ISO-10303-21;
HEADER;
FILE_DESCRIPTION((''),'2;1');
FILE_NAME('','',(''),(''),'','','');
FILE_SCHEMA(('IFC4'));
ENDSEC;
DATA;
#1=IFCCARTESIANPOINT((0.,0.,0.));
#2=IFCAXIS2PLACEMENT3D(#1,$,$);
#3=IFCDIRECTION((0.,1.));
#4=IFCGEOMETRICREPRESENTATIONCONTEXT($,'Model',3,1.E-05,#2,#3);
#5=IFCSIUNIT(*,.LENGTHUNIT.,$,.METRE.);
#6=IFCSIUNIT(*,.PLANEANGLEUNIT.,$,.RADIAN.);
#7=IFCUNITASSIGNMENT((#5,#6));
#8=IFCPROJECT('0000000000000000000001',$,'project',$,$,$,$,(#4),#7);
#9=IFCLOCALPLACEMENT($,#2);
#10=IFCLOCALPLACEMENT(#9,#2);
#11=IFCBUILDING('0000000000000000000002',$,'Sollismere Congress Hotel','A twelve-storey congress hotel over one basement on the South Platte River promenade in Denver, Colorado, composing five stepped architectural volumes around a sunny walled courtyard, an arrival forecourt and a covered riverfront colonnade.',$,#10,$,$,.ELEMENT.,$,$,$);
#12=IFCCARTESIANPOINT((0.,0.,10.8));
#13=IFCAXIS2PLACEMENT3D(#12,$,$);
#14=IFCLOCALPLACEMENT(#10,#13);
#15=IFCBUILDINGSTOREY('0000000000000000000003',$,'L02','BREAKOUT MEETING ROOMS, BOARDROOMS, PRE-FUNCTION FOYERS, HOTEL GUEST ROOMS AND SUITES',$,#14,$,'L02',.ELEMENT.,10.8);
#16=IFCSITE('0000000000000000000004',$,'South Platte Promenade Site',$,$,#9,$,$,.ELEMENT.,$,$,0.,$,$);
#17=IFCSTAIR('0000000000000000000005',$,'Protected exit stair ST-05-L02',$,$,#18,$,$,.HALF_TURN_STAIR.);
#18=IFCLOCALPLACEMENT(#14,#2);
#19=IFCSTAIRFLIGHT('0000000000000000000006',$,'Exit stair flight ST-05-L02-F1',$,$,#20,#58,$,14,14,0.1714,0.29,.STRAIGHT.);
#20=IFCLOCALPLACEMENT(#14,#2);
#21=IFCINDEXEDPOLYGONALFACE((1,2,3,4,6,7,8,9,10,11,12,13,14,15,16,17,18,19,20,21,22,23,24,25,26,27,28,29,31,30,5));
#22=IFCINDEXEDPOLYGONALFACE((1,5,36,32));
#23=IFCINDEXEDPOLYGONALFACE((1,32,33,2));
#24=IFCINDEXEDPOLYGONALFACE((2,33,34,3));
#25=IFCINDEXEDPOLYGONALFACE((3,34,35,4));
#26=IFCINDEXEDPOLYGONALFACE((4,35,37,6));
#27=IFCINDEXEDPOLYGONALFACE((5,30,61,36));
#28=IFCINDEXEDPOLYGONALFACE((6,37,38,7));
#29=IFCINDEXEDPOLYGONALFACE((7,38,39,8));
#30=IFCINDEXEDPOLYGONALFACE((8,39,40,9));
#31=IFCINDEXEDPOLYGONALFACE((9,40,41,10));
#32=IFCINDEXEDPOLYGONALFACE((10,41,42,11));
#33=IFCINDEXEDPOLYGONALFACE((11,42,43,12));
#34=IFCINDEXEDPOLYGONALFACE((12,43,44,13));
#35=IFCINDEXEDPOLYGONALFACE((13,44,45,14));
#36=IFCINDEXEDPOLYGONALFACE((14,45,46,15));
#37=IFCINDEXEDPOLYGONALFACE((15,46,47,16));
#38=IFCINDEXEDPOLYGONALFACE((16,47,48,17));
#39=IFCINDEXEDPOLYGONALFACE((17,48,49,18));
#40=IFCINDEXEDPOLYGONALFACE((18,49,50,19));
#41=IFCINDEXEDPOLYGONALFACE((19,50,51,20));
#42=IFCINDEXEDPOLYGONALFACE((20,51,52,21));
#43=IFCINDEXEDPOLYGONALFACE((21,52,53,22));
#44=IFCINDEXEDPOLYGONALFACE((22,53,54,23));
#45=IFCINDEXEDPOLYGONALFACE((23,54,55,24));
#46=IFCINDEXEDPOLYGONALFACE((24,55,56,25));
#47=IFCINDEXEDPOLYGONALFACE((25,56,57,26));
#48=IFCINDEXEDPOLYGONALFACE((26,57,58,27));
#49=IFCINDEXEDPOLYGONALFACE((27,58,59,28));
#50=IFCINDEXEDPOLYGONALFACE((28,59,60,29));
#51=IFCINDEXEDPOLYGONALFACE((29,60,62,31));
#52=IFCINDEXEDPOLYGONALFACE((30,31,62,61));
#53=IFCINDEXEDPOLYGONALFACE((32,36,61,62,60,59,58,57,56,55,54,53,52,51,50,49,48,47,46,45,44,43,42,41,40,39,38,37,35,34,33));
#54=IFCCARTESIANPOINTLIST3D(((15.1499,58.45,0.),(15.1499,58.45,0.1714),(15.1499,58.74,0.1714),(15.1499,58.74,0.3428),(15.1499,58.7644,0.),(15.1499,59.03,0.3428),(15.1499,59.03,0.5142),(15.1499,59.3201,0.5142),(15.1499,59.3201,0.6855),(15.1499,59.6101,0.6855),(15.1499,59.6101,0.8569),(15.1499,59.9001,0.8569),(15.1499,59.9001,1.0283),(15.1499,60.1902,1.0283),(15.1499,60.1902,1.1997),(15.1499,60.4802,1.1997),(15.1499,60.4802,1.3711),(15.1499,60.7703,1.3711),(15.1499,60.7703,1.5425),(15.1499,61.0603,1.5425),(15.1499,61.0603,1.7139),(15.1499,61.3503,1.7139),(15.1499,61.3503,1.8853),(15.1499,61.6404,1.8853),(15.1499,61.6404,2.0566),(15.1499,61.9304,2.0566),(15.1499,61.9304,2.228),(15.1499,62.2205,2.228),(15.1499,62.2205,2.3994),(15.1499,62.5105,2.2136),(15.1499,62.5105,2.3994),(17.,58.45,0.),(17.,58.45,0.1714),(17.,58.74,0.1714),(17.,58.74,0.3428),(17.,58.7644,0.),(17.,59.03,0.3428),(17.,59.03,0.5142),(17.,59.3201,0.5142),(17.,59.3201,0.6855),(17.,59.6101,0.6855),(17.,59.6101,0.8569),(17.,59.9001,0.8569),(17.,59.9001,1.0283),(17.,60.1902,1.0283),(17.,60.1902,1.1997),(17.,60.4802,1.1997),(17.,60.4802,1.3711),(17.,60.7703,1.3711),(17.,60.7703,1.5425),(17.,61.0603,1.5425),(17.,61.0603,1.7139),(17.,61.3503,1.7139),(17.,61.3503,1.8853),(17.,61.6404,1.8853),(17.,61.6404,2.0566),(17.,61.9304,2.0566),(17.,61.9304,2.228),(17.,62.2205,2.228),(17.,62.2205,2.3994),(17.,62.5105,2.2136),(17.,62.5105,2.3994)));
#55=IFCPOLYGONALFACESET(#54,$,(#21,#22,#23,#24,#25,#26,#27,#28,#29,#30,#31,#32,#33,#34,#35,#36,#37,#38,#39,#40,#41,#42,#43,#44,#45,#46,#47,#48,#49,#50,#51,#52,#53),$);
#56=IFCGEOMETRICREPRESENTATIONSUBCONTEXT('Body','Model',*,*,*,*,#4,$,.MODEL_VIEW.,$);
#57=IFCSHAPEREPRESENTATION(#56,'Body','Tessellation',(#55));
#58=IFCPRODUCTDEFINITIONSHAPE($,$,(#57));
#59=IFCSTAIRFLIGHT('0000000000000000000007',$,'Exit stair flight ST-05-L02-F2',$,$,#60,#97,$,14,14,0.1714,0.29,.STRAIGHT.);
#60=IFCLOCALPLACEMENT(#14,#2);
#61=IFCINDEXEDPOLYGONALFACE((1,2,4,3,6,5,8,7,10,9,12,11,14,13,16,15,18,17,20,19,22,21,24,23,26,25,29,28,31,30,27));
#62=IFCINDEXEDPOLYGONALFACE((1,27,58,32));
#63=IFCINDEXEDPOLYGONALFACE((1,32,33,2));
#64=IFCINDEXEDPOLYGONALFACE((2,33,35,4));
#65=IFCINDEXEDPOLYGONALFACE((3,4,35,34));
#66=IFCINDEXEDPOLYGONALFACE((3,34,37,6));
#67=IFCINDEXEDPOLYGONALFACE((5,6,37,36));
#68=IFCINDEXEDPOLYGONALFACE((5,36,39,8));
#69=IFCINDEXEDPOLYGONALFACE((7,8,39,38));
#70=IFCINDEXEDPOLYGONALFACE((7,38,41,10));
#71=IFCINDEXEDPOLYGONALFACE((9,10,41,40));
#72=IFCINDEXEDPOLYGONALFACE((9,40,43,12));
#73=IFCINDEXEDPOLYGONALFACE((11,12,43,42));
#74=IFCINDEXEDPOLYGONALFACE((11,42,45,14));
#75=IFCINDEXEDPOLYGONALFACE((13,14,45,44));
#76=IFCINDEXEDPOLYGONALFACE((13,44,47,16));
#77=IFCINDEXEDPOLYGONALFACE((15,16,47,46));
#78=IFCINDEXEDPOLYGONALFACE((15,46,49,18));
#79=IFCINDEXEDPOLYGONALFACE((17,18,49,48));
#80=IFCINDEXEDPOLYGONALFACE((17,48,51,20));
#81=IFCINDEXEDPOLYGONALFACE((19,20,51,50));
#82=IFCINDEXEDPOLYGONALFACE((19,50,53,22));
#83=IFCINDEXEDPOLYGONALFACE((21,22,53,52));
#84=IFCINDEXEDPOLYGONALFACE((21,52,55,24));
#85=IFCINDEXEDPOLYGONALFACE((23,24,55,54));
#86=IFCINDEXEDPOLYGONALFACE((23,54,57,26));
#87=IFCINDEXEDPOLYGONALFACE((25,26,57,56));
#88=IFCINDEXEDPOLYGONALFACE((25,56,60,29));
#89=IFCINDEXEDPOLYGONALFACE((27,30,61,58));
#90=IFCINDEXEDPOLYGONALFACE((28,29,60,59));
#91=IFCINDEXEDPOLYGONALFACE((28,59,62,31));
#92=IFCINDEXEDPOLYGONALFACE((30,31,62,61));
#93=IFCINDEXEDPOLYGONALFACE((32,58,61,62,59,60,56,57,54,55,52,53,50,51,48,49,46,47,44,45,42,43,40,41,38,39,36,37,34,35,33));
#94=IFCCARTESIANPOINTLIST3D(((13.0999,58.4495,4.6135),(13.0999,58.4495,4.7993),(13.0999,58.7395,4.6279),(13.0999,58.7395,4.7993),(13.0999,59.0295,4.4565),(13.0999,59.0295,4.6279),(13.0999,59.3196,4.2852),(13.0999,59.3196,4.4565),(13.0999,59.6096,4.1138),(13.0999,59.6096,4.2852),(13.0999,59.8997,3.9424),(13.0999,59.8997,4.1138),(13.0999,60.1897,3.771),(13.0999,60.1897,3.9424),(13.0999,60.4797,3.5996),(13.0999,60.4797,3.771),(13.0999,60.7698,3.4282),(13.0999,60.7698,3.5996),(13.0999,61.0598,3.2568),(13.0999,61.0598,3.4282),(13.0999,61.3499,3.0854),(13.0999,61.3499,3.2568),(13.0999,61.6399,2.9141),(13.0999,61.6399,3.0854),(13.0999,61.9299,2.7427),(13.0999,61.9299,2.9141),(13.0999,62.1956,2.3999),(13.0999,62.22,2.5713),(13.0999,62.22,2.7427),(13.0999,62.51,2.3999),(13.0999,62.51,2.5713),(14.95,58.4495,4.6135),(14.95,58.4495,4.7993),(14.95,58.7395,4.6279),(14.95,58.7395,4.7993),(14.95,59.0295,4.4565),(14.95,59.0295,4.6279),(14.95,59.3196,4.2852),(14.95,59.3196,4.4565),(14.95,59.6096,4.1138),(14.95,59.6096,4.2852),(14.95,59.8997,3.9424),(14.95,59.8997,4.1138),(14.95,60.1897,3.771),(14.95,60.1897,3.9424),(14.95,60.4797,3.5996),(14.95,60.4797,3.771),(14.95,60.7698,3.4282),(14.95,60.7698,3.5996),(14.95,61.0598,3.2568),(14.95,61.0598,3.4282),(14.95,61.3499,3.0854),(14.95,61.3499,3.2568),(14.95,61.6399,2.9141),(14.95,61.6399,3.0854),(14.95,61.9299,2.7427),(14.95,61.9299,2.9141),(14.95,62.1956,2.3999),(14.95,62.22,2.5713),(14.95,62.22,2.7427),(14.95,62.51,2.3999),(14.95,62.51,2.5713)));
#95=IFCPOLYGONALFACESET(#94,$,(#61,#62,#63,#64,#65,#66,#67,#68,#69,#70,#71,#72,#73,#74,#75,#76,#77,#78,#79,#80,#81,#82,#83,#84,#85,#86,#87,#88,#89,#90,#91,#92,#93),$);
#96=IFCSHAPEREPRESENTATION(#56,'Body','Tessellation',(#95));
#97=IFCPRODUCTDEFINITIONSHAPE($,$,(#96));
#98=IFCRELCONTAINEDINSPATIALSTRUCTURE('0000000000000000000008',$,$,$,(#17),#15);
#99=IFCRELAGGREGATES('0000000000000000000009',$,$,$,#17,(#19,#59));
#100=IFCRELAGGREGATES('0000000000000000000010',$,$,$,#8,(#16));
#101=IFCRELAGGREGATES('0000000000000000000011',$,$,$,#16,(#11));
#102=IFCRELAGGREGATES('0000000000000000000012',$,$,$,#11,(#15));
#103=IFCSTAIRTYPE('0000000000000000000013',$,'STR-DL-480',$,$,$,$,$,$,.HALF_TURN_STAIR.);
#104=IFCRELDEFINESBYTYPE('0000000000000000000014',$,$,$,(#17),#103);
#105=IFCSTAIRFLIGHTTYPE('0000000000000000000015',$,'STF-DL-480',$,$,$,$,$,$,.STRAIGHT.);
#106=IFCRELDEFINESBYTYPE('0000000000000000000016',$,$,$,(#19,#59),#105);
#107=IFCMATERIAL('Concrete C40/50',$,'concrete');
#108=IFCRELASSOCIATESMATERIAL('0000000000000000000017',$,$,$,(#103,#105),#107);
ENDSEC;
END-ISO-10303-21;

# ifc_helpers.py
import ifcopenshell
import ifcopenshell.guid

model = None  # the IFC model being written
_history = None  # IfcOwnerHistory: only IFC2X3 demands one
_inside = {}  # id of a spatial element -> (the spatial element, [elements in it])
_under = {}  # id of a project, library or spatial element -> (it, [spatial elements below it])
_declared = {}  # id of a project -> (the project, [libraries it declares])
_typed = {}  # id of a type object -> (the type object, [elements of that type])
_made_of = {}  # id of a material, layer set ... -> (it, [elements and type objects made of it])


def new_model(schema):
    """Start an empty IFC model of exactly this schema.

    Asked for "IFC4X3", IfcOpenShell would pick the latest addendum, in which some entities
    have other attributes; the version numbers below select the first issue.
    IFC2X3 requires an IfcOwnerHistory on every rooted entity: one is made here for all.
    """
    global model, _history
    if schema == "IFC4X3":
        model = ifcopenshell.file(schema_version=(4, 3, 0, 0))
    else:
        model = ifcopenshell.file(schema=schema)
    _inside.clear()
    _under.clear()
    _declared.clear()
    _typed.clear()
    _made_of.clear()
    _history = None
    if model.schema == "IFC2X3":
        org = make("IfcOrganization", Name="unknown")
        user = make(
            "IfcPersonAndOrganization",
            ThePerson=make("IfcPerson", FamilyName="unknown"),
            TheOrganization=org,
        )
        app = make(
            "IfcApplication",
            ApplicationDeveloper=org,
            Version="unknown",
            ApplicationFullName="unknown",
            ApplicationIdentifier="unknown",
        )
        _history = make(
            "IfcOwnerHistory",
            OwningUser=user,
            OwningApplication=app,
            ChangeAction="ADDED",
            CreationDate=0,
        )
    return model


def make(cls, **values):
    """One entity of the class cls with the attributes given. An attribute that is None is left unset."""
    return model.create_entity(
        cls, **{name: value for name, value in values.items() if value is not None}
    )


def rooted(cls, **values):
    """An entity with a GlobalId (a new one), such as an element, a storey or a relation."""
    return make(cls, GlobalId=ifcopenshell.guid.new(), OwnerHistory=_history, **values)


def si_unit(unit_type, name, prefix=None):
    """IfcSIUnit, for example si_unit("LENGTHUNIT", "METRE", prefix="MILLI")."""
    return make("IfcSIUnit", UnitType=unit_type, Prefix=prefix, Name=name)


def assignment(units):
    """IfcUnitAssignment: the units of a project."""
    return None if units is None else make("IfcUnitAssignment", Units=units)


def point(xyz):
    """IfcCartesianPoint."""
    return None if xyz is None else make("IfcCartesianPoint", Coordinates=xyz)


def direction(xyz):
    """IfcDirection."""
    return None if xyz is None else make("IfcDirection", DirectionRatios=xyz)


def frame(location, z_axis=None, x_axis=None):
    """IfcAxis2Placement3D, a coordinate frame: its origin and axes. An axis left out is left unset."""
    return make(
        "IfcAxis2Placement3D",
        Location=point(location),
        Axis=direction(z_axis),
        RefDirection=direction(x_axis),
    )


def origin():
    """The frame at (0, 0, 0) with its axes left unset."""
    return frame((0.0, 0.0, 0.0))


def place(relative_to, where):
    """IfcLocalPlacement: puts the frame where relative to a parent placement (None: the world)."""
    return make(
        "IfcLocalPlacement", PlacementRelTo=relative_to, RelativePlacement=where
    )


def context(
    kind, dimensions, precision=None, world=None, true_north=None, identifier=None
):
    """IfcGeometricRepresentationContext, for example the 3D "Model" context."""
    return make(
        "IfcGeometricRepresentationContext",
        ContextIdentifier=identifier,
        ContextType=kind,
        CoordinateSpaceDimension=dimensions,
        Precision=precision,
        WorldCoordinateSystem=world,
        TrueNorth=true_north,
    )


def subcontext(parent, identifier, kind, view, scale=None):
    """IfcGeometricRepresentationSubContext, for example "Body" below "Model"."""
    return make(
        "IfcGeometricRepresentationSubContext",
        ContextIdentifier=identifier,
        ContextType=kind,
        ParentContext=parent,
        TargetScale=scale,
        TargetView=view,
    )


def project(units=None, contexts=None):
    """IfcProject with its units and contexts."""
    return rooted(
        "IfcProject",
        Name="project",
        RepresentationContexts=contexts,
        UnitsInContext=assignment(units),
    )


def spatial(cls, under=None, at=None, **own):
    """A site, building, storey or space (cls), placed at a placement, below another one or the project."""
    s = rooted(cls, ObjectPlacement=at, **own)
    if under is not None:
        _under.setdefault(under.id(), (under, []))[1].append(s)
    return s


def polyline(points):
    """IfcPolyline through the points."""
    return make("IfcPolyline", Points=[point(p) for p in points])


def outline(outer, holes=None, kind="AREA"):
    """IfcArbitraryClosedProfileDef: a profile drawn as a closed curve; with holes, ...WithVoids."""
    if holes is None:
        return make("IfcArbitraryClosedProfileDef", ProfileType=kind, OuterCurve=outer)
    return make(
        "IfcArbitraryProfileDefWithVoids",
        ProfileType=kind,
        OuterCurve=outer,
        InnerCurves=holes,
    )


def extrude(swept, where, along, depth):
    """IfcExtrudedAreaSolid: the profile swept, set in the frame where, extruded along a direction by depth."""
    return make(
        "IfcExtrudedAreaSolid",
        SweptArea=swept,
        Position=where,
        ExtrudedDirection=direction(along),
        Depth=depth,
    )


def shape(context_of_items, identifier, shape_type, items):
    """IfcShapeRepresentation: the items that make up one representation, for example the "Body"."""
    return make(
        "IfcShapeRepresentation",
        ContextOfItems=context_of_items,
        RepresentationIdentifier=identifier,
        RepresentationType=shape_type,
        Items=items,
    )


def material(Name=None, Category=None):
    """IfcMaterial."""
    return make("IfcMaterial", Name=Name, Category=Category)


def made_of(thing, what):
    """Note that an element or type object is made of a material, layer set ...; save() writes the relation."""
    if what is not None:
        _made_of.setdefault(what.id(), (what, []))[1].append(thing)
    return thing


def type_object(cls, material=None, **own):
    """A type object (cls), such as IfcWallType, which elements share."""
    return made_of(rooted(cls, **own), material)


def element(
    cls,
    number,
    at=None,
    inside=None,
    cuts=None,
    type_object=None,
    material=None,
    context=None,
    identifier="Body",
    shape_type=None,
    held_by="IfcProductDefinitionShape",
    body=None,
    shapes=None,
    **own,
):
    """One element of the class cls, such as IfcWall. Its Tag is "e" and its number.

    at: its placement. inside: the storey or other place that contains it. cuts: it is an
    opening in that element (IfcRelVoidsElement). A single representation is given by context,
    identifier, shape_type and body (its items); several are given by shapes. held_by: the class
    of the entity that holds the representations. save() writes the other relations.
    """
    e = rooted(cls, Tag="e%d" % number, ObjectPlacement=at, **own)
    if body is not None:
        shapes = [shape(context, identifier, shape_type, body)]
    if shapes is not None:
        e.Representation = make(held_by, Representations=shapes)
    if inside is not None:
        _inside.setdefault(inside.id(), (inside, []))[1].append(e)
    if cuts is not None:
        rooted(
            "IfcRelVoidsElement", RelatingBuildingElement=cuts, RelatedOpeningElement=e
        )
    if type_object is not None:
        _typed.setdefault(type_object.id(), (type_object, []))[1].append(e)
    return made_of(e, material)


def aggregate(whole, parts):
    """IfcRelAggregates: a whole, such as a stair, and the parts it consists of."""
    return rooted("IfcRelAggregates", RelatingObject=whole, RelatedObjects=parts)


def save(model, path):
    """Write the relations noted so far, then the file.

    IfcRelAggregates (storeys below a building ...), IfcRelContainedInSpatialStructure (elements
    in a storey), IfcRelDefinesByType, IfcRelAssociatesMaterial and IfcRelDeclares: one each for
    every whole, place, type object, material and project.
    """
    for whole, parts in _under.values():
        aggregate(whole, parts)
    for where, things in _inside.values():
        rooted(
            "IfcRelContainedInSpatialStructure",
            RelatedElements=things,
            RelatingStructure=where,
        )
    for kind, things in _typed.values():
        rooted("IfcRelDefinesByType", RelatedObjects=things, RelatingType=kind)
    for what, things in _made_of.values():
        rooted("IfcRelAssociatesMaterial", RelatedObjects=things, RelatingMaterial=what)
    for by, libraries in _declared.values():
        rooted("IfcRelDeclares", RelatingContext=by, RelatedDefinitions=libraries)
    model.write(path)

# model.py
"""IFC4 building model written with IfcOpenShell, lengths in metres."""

from ifc_helpers import new_model, si_unit, direction, frame, origin, place, context, subcontext, project, spatial, polyline, outline, extrude, material, type_object, element, aggregate, save


model = new_model("IFC4")

# Units and contexts
model_context = context("Model", 3, precision=1e-05, world=origin(), true_north=direction((0.0, 1.0)))
body_context = subcontext(model_context, "Body", "Model", "MODEL_VIEW")
ifc_project = project(units=[si_unit("LENGTHUNIT", "METRE"), si_unit("PLANEANGLEUNIT", "RADIAN")], contexts=[model_context])

# Site, building, storey
site_placement = place(None, origin())
site = spatial("IfcSite", under=ifc_project, at=site_placement, Name="South Platte Promenade Site", CompositionType="ELEMENT", RefElevation=0.0)
building_placement = place(site_placement, origin())
building = spatial("IfcBuilding", under=site, at=building_placement, Name="Sollismere Congress Hotel", Description="A twelve-storey congress hotel over one basement on the South Platte River promenade in Denver, Colorado, composing five stepped architectural volumes around a sunny walled courtyard, an arrival forecourt and a covered riverfront colonnade.", CompositionType="ELEMENT")
storey_placement = place(building_placement, frame((0.0, 0.0, 10.8)))
storey = spatial("IfcBuildingStorey", under=building, at=storey_placement, Name="L02", Description="BREAKOUT MEETING ROOMS, BOARDROOMS, PRE-FUNCTION FOYERS, HOTEL GUEST ROOMS AND SUITES", LongName="L02", CompositionType="ELEMENT", Elevation=10.8)

# Stair, stair flights
ifc_material_1 = material(Name="Concrete C40/50", Category="concrete")
stair_type = type_object("IfcStairType", Name="STR-DL-480", PredefinedType="HALF_TURN_STAIR", material=ifc_material_1)
stair_placement = place(storey_placement, origin())
stair = element("IfcStair", 1, at=stair_placement, inside=storey, type_object=stair_type, Name="Protected exit stair ST-05-L02", PredefinedType="HALF_TURN_STAIR")
stair_flight_type = type_object("IfcStairFlightType", Name="STF-DL-480", PredefinedType="STRAIGHT", material=ifc_material_1)
stair_flight_1_placement = place(storey_placement, frame((16.075, 58.45, 0.0), z_axis=(0.0, 0.0, 1.0), x_axis=(0.0, 1.0, 0.0)))
stair_flight_1 = element("IfcStairFlight", 2, at=stair_flight_1_placement, type_object=stair_flight_type, Name="Exit stair flight ST-05-L02-F1", NumberOfRisers=14, NumberOfTreads=14, PredefinedType="STRAIGHT", RiserHeight=0.1714, TreadLength=0.29, context=body_context, shape_type="SweptSolid", body=[
    extrude(outline(polyline([(0.0, 0.0), (0.0, 0.1714), (0.29, 0.1714), (0.29, 0.3428), (0.5801, 0.3428), (0.5801, 0.5142), (0.8701, 0.5142), (0.8701, 0.6855), (1.1602, 0.6855), (1.1602, 0.8569), (1.4502, 0.8569), (1.4502, 1.0283), (1.7402, 1.0283), (1.7402, 1.1997), (2.0303, 1.1997), (2.0303, 1.3711), (2.3203, 1.3711), (2.3203, 1.5425), (2.6104, 1.5425), (2.6104, 1.7139), (2.9004, 1.7139), (2.9004, 1.8853), (3.1904, 1.8853), (3.1904, 2.0566), (3.4805, 2.0566), (3.4805, 2.228), (3.7705, 2.228), (3.7705, 2.3994), (4.0605, 2.3994), (4.0605, 2.2136), (0.3145, 0.0), (0.0, 0.0)])), frame((0.0, 0.925, 0.0), z_axis=(0.0, -1.0, 0.0), x_axis=(1.0, 0.0, 0.0)), (0.0, 0.0, 1.0), 1.8501),
])
stair_flight_2_placement = place(storey_placement, frame((14.0249, 62.51, 2.3999), z_axis=(0.0, 0.0, 1.0), x_axis=(0.0, -1.0, 0.0)))
stair_flight_2 = element("IfcStairFlight", 3, at=stair_flight_2_placement, type_object=stair_flight_type, Name="Exit stair flight ST-05-L02-F2", NumberOfRisers=14, NumberOfTreads=14, PredefinedType="STRAIGHT", RiserHeight=0.1714, TreadLength=0.29, context=body_context, shape_type="SweptSolid", body=[
    extrude(outline(polyline([(0.0, 0.0), (0.0, 0.1714), (0.29, 0.1714), (0.29, 0.3428), (0.5801, 0.3428), (0.5801, 0.5142), (0.8701, 0.5142), (0.8701, 0.6855), (1.1602, 0.6855), (1.1602, 0.8569), (1.4502, 0.8569), (1.4502, 1.0283), (1.7402, 1.0283), (1.7402, 1.1997), (2.0303, 1.1997), (2.0303, 1.3711), (2.3203, 1.3711), (2.3203, 1.5425), (2.6104, 1.5425), (2.6104, 1.7139), (2.9004, 1.7139), (2.9004, 1.8853), (3.1904, 1.8853), (3.1904, 2.0566), (3.4805, 2.0566), (3.4805, 2.228), (3.7705, 2.228), (3.7705, 2.3994), (4.0605, 2.3994), (4.0605, 2.2136), (0.3145, 0.0), (0.0, 0.0)])), frame((0.0, 0.925, 0.0), z_axis=(0.0, -1.0, 0.0), x_axis=(1.0, 0.0, 0.0)), (0.0, 0.0, 1.0), 1.8501),
])
aggregate(stair, [stair_flight_1, stair_flight_2])

save(model, "model.ifc")
